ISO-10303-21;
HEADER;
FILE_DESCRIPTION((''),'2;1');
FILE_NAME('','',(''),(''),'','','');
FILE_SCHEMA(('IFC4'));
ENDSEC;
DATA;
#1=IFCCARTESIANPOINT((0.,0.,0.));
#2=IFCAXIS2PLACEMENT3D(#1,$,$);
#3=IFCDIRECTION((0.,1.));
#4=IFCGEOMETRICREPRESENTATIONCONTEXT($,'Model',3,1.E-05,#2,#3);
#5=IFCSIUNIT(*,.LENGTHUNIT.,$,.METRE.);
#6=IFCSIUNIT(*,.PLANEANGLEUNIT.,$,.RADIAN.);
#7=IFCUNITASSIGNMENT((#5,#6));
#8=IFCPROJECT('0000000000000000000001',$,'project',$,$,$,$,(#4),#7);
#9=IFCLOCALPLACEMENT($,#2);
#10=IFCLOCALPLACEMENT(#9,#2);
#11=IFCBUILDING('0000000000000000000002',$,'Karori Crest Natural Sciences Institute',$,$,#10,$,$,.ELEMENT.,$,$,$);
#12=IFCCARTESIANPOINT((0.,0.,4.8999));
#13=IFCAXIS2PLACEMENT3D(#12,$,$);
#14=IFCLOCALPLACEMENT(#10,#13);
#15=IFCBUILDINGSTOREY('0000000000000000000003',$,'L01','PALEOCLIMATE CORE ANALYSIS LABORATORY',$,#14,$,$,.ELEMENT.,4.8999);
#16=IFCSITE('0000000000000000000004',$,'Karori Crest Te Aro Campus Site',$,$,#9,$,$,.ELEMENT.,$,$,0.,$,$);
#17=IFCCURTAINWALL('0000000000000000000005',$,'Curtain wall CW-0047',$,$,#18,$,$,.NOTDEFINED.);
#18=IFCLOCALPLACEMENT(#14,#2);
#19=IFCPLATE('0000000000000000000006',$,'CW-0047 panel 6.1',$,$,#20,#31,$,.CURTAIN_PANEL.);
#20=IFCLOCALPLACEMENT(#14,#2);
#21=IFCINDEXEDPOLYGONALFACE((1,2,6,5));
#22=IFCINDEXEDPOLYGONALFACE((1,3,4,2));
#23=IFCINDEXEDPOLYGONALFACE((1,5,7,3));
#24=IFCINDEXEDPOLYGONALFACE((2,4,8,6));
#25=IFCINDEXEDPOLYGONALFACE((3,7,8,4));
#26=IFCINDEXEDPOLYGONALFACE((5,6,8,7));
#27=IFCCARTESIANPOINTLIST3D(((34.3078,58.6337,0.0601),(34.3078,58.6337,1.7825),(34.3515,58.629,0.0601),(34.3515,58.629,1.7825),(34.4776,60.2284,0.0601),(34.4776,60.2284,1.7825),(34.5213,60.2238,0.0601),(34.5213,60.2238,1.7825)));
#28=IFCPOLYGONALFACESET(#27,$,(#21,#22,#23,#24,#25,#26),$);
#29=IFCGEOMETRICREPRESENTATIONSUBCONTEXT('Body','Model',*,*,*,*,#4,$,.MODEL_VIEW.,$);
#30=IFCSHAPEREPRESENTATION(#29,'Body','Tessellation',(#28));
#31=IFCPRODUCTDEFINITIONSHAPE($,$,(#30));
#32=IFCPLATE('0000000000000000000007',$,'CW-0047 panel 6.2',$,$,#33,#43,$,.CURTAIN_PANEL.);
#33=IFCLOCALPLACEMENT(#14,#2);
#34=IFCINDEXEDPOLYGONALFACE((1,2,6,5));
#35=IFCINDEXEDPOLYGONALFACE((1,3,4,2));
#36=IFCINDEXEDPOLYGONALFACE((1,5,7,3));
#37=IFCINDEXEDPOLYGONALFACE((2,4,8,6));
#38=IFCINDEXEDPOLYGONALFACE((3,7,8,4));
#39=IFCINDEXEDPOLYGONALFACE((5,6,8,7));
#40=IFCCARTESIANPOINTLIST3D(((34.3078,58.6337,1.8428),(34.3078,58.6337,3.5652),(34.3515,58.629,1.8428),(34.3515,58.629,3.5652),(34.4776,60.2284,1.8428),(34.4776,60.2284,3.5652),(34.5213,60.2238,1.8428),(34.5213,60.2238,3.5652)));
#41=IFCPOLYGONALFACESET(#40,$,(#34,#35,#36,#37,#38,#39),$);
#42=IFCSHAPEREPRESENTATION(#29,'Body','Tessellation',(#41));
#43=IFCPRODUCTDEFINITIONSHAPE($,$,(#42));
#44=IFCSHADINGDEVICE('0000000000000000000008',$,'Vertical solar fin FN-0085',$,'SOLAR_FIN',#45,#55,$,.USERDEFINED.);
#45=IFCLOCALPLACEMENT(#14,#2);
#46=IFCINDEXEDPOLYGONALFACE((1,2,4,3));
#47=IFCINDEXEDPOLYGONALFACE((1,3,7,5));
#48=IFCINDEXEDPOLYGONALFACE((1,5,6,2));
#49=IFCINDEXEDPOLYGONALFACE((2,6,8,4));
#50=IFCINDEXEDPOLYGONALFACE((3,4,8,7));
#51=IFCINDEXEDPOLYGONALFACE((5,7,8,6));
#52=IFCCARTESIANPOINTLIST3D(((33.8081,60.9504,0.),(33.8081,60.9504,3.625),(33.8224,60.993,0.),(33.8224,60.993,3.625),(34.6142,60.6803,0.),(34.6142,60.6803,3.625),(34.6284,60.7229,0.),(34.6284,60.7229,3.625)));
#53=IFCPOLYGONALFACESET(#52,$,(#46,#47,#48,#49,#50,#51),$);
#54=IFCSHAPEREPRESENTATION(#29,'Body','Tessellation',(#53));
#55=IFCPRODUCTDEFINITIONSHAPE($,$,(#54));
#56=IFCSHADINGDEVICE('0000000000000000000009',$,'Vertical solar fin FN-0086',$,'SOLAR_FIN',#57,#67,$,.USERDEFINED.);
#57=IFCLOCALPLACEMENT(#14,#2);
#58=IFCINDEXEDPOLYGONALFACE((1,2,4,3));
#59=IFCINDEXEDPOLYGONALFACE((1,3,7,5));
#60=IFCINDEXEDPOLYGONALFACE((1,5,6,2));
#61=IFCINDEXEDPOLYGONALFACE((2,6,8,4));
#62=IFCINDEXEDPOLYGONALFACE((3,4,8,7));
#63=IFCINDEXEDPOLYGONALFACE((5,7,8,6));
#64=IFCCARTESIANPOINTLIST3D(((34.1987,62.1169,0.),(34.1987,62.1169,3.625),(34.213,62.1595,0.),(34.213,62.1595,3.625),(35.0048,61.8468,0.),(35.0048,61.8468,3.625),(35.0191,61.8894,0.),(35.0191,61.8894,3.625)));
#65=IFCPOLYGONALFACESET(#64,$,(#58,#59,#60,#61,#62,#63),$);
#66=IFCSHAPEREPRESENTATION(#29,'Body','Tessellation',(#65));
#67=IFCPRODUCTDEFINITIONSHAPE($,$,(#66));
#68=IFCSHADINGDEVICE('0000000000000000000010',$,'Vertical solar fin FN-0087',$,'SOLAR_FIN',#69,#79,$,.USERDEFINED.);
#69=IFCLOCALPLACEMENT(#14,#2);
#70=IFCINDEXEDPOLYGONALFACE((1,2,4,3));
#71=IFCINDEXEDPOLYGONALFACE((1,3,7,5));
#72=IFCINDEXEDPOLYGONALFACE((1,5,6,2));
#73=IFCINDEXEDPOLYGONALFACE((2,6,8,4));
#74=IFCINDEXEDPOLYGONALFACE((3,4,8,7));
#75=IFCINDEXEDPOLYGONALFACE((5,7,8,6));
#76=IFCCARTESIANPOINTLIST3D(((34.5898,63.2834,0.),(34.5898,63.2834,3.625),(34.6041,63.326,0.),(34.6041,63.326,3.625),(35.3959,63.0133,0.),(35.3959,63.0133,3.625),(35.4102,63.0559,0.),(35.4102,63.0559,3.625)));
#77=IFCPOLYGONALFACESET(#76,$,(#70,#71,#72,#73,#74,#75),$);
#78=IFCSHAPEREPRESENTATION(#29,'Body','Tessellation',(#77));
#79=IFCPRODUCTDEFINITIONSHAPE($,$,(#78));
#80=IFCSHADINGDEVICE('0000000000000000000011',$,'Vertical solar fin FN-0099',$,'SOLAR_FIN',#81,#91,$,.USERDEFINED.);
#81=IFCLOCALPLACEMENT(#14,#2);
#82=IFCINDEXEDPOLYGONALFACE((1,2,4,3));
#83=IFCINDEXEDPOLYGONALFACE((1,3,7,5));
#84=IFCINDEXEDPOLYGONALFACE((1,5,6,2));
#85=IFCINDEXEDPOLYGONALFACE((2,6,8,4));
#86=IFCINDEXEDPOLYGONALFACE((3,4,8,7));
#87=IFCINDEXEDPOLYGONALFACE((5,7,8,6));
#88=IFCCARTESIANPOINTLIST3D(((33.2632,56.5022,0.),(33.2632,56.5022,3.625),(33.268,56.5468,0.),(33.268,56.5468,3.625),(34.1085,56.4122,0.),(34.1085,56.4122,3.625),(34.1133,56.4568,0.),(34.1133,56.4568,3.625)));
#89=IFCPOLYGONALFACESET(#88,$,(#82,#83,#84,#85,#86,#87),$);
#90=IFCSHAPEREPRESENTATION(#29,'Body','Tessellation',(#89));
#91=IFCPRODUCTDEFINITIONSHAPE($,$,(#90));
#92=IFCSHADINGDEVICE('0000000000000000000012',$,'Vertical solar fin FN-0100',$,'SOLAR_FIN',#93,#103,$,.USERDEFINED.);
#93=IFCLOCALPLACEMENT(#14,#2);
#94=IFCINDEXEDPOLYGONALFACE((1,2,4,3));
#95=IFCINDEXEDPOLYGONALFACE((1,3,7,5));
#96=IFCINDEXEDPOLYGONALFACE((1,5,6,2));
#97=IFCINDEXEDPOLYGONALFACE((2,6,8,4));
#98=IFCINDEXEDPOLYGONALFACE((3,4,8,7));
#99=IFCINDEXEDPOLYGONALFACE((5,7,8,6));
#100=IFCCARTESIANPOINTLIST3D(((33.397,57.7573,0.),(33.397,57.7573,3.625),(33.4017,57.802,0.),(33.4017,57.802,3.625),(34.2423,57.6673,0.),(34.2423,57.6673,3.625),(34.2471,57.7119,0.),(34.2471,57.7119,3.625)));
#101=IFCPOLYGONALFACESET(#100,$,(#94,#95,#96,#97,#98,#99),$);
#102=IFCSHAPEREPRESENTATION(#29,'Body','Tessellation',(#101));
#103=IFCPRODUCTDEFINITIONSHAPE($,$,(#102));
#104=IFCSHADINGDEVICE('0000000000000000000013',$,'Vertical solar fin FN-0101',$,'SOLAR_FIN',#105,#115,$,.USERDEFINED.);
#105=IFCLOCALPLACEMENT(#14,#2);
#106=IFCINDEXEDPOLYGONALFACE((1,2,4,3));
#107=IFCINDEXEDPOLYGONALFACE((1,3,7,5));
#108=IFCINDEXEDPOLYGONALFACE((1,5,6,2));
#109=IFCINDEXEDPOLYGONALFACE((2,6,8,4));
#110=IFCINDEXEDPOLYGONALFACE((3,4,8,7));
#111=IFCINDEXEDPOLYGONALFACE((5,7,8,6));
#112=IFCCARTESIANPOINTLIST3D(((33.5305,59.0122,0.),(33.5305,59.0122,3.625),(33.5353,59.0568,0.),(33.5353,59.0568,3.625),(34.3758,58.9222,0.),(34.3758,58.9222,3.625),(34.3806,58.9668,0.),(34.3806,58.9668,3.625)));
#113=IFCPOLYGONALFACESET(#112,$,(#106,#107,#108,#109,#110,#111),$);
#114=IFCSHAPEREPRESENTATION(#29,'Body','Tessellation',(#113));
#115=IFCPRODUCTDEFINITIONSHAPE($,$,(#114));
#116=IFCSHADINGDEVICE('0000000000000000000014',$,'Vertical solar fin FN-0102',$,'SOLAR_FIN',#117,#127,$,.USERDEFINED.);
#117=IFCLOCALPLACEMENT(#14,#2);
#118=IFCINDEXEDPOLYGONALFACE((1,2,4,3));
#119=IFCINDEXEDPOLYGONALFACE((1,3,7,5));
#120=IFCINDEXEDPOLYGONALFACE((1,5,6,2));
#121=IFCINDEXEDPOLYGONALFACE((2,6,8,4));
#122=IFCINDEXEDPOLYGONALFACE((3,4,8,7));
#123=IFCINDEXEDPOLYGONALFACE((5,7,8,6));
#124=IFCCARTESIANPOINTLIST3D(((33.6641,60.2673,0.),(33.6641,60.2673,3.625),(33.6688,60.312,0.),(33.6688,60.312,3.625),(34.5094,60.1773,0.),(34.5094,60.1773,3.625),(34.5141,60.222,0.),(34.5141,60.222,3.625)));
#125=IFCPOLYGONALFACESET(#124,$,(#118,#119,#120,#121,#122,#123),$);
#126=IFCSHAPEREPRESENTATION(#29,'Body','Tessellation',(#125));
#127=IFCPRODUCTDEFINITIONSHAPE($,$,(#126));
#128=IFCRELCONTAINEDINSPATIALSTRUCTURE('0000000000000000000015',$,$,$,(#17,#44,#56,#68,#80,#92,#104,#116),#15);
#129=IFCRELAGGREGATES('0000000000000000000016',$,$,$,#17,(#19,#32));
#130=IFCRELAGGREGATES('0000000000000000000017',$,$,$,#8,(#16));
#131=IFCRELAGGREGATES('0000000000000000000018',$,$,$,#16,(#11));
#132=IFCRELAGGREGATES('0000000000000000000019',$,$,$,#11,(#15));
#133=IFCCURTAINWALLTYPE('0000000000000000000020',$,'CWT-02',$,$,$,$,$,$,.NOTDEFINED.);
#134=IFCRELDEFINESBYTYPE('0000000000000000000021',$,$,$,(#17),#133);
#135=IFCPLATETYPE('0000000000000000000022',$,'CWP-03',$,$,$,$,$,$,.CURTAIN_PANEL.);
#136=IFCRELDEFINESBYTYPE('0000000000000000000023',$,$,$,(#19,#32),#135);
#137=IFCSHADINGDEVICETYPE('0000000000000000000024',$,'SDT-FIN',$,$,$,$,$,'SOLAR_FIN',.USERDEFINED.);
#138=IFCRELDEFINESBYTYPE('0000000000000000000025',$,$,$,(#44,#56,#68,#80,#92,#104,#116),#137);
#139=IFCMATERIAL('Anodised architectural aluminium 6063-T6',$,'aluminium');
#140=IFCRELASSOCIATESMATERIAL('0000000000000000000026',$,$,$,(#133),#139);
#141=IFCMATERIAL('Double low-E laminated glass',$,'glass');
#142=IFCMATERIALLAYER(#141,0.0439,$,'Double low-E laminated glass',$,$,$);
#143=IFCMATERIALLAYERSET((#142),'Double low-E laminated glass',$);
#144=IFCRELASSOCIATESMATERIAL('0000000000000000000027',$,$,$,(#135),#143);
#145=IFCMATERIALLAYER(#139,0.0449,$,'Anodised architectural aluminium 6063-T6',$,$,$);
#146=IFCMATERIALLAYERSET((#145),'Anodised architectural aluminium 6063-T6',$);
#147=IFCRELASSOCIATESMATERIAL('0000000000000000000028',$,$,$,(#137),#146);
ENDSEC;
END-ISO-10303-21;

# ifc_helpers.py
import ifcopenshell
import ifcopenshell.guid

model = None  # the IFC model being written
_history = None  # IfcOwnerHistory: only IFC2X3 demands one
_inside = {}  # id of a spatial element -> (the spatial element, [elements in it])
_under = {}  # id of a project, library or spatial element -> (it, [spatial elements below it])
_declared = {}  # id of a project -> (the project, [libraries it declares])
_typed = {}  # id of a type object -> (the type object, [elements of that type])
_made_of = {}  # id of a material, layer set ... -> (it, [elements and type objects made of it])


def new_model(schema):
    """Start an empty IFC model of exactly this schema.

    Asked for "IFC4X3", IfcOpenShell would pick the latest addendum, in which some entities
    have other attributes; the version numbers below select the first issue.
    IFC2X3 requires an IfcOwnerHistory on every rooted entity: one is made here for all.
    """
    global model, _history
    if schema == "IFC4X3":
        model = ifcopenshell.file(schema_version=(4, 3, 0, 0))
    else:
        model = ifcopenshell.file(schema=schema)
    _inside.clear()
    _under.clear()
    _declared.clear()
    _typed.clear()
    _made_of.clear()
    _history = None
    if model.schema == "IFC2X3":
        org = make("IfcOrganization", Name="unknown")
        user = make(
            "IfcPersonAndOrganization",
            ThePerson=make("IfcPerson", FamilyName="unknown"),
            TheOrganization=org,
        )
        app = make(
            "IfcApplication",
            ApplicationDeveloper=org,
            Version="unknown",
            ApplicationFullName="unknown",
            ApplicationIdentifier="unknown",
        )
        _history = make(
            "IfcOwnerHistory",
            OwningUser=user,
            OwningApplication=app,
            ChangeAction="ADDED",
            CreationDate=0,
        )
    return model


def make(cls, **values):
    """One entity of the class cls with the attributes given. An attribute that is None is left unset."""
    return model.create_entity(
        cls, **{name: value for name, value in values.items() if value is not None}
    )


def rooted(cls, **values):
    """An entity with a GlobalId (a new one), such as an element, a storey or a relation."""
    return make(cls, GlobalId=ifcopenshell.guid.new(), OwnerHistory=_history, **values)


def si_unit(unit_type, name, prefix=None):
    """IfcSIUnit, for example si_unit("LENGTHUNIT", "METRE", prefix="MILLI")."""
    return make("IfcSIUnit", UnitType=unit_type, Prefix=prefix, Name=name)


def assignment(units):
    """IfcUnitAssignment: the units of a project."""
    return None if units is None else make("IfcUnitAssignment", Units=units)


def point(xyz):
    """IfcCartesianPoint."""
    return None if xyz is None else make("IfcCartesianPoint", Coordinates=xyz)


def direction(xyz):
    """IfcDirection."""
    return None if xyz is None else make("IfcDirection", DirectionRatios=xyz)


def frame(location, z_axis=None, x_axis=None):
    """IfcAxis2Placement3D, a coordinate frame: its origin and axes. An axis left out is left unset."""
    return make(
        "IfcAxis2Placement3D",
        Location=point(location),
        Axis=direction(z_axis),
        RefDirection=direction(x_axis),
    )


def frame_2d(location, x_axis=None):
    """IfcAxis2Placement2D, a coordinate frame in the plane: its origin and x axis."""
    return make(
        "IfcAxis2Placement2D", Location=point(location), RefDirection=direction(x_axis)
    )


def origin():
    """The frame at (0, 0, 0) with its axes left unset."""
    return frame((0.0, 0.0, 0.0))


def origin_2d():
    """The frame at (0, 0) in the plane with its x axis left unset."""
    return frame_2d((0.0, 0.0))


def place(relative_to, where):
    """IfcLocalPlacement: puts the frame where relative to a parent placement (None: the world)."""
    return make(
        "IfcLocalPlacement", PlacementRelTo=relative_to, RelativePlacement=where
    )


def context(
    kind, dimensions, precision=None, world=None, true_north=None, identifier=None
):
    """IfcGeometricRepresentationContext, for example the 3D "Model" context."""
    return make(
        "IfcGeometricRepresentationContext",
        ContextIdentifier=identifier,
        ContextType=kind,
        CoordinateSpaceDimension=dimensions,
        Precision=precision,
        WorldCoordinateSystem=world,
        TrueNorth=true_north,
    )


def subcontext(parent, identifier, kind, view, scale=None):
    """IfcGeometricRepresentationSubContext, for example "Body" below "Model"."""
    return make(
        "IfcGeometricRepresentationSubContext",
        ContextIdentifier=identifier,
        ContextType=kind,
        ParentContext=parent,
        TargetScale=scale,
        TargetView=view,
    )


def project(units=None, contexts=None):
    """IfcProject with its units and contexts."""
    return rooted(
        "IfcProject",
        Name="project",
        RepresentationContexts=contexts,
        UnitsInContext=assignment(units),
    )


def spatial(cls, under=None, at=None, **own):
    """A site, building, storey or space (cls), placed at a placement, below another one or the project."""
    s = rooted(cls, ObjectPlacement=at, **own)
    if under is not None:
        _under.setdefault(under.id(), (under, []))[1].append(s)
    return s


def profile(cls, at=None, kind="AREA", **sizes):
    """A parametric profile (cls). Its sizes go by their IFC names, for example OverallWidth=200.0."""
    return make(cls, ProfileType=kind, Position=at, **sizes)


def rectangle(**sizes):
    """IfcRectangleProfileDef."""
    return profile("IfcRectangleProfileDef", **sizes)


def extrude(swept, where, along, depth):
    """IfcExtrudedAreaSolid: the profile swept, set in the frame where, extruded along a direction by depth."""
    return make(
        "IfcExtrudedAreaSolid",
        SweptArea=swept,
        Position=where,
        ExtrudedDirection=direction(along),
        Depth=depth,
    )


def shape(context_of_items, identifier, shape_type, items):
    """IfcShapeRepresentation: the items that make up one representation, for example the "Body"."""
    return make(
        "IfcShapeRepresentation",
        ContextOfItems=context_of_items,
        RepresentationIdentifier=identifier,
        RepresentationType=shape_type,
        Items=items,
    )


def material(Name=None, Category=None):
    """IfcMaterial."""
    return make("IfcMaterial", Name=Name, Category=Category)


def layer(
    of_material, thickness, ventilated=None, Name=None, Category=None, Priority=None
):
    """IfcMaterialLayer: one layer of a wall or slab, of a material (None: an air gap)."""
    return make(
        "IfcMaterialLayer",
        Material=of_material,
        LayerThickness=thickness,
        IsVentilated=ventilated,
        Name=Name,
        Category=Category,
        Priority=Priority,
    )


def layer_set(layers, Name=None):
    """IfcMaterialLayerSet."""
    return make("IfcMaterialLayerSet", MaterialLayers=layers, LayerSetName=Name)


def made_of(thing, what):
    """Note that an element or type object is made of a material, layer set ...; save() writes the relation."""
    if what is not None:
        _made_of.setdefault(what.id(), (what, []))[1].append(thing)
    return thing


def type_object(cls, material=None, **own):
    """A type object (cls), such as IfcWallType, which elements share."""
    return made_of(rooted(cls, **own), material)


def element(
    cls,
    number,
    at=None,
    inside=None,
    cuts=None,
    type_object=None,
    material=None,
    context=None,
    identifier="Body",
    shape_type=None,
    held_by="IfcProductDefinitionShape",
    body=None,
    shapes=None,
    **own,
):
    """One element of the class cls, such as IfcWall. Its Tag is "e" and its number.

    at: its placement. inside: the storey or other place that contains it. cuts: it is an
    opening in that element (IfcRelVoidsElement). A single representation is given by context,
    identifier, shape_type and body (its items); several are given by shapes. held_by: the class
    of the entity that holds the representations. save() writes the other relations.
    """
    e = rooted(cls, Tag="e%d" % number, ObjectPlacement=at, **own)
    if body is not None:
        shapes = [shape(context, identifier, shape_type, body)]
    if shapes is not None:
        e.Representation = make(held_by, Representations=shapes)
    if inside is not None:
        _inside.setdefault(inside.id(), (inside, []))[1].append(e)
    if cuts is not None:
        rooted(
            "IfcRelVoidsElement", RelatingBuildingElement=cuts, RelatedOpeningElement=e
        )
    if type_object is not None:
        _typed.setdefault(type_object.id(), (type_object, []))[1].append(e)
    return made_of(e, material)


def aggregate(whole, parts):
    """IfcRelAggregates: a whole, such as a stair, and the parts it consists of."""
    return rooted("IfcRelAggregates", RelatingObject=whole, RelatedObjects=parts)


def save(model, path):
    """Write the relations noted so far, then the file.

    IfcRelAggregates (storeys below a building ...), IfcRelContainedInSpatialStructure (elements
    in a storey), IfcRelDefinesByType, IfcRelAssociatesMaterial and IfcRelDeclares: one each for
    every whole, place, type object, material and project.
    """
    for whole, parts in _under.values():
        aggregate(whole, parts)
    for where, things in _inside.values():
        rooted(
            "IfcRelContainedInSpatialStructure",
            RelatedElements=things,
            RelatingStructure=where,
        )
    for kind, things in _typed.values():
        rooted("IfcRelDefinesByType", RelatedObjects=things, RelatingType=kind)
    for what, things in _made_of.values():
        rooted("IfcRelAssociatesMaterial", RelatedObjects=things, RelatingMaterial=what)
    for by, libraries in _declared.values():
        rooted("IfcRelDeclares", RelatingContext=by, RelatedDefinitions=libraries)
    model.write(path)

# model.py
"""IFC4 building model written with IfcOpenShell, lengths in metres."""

from ifc_helpers import new_model, si_unit, direction, frame, origin, origin_2d, place, context, subcontext, project, spatial, rectangle, extrude, material, layer, layer_set, type_object, element, aggregate, save


model = new_model("IFC4")

# Units and contexts
model_context = context("Model", 3, precision=1e-05, world=origin(), true_north=direction((0.0, 1.0)))
body_context = subcontext(model_context, "Body", "Model", "MODEL_VIEW")
ifc_project = project(units=[si_unit("LENGTHUNIT", "METRE"), si_unit("PLANEANGLEUNIT", "RADIAN")], contexts=[model_context])

# Site, building, storey
site_placement = place(None, origin())
site = spatial("IfcSite", under=ifc_project, at=site_placement, Name="Karori Crest Te Aro Campus Site", CompositionType="ELEMENT", RefElevation=0.0)
building_placement = place(site_placement, origin())
building = spatial("IfcBuilding", under=site, at=building_placement, Name="Karori Crest Natural Sciences Institute", CompositionType="ELEMENT")
storey_placement = place(building_placement, frame((0.0, 0.0, 4.8999)))
storey = spatial("IfcBuildingStorey", under=building, at=storey_placement, Name="L01", Description="PALEOCLIMATE CORE ANALYSIS LABORATORY", CompositionType="ELEMENT", Elevation=4.8999)

# Curtain wall
ifc_material_1 = material(Name="Anodised architectural aluminium 6063-T6", Category="aluminium")
curtain_wall_type_1 = type_object("IfcCurtainWallType", Name="CWT-02", PredefinedType="NOTDEFINED", material=ifc_material_1)
curtain_wall_1_placement = place(storey_placement, origin())
curtain_wall_1 = element("IfcCurtainWall", 1, at=curtain_wall_1_placement, inside=storey, type_object=curtain_wall_type_1, Name="Curtain wall CW-0047", PredefinedType="NOTDEFINED")

# Plates
ifc_material_2 = material(Name="Double low-E laminated glass", Category="glass")
ifc_layer_1 = layer(ifc_material_2, 0.0439, Name="Double low-E laminated glass")
ifc_layer_set_1 = layer_set([ifc_layer_1], Name="Double low-E laminated glass")
plate_type_1 = type_object("IfcPlateType", Name="CWP-03", PredefinedType="CURTAIN_PANEL", material=ifc_layer_set_1)
plate_1_placement = place(storey_placement, frame((34.4146, 59.4287, 0.0601), z_axis=(0.0, 0.0, 1.0), x_axis=(0.105884, 0.994378, 0.0)))
plate_1 = element("IfcPlate", 2, at=plate_1_placement, type_object=plate_type_1, Name="CW-0047 panel 6.1", PredefinedType="CURTAIN_PANEL", context=body_context, shape_type="SweptSolid", body=[
    extrude(rectangle(XDim=1.6038, YDim=0.0439, at=origin_2d()), origin(), (0.0, 0.0, 1.0), 1.7224),
])
plate_2_placement = place(storey_placement, frame((34.4146, 59.4287, 1.8428), z_axis=(0.0, 0.0, 1.0), x_axis=(0.105884, 0.994378, 0.0)))
plate_2 = element("IfcPlate", 3, at=plate_2_placement, type_object=plate_type_1, Name="CW-0047 panel 6.2", PredefinedType="CURTAIN_PANEL", context=body_context, shape_type="SweptSolid", body=[
    extrude(rectangle(XDim=1.6038, YDim=0.0439, at=origin_2d()), origin(), (0.0, 0.0, 1.0), 1.7224),
])
aggregate(curtain_wall_1, [plate_1, plate_2])

# Shading devices
ifc_layer_2 = layer(ifc_material_1, 0.0449, Name="Anodised architectural aluminium 6063-T6")
ifc_layer_set_2 = layer_set([ifc_layer_2], Name="Anodised architectural aluminium 6063-T6")
shading_device_type = type_object("IfcShadingDeviceType", Name="SDT-FIN", ElementType="SOLAR_FIN", PredefinedType="USERDEFINED", material=ifc_layer_set_2)
for number, where, z_axis, x_axis, name in (
    (4, (34.2183, 60.8367, 0.0), (0.0, 0.0, 1.0), (-0.948196, 0.317685, 0.0), "Vertical solar fin FN-0085"),
    (5, (34.6089, 62.0032, 0.0), (0.0, 0.0, 1.0), (-0.948196, 0.317685, 0.0), "Vertical solar fin FN-0086"),
    (6, (35.0, 63.1697, 0.0), (0.0, 0.0, 1.0), (-0.948196, 0.317685, 0.0), "Vertical solar fin FN-0087"),
    (7, (33.6882, 56.4795, 0.0), (0.0, 0.0, 1.0), (-0.994378, 0.105884, 0.0), "Vertical solar fin FN-0099"),
    (8, (33.822, 57.7346, 0.0), (0.0, 0.0, 1.0), (-0.994378, 0.105884, 0.0), "Vertical solar fin FN-0100"),
    (9, (33.9556, 58.9895, 0.0), (0.0, 0.0, 1.0), (-0.994378, 0.105884, 0.0), "Vertical solar fin FN-0101"),
    (10, (34.0891, 60.2446, 0.0), (0.0, 0.0, 1.0), (-0.994378, 0.105884, 0.0), "Vertical solar fin FN-0102"),
):
    element("IfcShadingDevice", number, at=place(storey_placement, frame(where, z_axis=z_axis, x_axis=x_axis)), inside=storey, type_object=shading_device_type, Name=name, ObjectType="SOLAR_FIN", PredefinedType="USERDEFINED", context=body_context, shape_type="SweptSolid", body=[
        extrude(rectangle(XDim=0.8501, YDim=0.0449, at=origin_2d()), origin(), (0.0, 0.0, 1.0), 3.625),
    ])

save(model, "model.ifc")
